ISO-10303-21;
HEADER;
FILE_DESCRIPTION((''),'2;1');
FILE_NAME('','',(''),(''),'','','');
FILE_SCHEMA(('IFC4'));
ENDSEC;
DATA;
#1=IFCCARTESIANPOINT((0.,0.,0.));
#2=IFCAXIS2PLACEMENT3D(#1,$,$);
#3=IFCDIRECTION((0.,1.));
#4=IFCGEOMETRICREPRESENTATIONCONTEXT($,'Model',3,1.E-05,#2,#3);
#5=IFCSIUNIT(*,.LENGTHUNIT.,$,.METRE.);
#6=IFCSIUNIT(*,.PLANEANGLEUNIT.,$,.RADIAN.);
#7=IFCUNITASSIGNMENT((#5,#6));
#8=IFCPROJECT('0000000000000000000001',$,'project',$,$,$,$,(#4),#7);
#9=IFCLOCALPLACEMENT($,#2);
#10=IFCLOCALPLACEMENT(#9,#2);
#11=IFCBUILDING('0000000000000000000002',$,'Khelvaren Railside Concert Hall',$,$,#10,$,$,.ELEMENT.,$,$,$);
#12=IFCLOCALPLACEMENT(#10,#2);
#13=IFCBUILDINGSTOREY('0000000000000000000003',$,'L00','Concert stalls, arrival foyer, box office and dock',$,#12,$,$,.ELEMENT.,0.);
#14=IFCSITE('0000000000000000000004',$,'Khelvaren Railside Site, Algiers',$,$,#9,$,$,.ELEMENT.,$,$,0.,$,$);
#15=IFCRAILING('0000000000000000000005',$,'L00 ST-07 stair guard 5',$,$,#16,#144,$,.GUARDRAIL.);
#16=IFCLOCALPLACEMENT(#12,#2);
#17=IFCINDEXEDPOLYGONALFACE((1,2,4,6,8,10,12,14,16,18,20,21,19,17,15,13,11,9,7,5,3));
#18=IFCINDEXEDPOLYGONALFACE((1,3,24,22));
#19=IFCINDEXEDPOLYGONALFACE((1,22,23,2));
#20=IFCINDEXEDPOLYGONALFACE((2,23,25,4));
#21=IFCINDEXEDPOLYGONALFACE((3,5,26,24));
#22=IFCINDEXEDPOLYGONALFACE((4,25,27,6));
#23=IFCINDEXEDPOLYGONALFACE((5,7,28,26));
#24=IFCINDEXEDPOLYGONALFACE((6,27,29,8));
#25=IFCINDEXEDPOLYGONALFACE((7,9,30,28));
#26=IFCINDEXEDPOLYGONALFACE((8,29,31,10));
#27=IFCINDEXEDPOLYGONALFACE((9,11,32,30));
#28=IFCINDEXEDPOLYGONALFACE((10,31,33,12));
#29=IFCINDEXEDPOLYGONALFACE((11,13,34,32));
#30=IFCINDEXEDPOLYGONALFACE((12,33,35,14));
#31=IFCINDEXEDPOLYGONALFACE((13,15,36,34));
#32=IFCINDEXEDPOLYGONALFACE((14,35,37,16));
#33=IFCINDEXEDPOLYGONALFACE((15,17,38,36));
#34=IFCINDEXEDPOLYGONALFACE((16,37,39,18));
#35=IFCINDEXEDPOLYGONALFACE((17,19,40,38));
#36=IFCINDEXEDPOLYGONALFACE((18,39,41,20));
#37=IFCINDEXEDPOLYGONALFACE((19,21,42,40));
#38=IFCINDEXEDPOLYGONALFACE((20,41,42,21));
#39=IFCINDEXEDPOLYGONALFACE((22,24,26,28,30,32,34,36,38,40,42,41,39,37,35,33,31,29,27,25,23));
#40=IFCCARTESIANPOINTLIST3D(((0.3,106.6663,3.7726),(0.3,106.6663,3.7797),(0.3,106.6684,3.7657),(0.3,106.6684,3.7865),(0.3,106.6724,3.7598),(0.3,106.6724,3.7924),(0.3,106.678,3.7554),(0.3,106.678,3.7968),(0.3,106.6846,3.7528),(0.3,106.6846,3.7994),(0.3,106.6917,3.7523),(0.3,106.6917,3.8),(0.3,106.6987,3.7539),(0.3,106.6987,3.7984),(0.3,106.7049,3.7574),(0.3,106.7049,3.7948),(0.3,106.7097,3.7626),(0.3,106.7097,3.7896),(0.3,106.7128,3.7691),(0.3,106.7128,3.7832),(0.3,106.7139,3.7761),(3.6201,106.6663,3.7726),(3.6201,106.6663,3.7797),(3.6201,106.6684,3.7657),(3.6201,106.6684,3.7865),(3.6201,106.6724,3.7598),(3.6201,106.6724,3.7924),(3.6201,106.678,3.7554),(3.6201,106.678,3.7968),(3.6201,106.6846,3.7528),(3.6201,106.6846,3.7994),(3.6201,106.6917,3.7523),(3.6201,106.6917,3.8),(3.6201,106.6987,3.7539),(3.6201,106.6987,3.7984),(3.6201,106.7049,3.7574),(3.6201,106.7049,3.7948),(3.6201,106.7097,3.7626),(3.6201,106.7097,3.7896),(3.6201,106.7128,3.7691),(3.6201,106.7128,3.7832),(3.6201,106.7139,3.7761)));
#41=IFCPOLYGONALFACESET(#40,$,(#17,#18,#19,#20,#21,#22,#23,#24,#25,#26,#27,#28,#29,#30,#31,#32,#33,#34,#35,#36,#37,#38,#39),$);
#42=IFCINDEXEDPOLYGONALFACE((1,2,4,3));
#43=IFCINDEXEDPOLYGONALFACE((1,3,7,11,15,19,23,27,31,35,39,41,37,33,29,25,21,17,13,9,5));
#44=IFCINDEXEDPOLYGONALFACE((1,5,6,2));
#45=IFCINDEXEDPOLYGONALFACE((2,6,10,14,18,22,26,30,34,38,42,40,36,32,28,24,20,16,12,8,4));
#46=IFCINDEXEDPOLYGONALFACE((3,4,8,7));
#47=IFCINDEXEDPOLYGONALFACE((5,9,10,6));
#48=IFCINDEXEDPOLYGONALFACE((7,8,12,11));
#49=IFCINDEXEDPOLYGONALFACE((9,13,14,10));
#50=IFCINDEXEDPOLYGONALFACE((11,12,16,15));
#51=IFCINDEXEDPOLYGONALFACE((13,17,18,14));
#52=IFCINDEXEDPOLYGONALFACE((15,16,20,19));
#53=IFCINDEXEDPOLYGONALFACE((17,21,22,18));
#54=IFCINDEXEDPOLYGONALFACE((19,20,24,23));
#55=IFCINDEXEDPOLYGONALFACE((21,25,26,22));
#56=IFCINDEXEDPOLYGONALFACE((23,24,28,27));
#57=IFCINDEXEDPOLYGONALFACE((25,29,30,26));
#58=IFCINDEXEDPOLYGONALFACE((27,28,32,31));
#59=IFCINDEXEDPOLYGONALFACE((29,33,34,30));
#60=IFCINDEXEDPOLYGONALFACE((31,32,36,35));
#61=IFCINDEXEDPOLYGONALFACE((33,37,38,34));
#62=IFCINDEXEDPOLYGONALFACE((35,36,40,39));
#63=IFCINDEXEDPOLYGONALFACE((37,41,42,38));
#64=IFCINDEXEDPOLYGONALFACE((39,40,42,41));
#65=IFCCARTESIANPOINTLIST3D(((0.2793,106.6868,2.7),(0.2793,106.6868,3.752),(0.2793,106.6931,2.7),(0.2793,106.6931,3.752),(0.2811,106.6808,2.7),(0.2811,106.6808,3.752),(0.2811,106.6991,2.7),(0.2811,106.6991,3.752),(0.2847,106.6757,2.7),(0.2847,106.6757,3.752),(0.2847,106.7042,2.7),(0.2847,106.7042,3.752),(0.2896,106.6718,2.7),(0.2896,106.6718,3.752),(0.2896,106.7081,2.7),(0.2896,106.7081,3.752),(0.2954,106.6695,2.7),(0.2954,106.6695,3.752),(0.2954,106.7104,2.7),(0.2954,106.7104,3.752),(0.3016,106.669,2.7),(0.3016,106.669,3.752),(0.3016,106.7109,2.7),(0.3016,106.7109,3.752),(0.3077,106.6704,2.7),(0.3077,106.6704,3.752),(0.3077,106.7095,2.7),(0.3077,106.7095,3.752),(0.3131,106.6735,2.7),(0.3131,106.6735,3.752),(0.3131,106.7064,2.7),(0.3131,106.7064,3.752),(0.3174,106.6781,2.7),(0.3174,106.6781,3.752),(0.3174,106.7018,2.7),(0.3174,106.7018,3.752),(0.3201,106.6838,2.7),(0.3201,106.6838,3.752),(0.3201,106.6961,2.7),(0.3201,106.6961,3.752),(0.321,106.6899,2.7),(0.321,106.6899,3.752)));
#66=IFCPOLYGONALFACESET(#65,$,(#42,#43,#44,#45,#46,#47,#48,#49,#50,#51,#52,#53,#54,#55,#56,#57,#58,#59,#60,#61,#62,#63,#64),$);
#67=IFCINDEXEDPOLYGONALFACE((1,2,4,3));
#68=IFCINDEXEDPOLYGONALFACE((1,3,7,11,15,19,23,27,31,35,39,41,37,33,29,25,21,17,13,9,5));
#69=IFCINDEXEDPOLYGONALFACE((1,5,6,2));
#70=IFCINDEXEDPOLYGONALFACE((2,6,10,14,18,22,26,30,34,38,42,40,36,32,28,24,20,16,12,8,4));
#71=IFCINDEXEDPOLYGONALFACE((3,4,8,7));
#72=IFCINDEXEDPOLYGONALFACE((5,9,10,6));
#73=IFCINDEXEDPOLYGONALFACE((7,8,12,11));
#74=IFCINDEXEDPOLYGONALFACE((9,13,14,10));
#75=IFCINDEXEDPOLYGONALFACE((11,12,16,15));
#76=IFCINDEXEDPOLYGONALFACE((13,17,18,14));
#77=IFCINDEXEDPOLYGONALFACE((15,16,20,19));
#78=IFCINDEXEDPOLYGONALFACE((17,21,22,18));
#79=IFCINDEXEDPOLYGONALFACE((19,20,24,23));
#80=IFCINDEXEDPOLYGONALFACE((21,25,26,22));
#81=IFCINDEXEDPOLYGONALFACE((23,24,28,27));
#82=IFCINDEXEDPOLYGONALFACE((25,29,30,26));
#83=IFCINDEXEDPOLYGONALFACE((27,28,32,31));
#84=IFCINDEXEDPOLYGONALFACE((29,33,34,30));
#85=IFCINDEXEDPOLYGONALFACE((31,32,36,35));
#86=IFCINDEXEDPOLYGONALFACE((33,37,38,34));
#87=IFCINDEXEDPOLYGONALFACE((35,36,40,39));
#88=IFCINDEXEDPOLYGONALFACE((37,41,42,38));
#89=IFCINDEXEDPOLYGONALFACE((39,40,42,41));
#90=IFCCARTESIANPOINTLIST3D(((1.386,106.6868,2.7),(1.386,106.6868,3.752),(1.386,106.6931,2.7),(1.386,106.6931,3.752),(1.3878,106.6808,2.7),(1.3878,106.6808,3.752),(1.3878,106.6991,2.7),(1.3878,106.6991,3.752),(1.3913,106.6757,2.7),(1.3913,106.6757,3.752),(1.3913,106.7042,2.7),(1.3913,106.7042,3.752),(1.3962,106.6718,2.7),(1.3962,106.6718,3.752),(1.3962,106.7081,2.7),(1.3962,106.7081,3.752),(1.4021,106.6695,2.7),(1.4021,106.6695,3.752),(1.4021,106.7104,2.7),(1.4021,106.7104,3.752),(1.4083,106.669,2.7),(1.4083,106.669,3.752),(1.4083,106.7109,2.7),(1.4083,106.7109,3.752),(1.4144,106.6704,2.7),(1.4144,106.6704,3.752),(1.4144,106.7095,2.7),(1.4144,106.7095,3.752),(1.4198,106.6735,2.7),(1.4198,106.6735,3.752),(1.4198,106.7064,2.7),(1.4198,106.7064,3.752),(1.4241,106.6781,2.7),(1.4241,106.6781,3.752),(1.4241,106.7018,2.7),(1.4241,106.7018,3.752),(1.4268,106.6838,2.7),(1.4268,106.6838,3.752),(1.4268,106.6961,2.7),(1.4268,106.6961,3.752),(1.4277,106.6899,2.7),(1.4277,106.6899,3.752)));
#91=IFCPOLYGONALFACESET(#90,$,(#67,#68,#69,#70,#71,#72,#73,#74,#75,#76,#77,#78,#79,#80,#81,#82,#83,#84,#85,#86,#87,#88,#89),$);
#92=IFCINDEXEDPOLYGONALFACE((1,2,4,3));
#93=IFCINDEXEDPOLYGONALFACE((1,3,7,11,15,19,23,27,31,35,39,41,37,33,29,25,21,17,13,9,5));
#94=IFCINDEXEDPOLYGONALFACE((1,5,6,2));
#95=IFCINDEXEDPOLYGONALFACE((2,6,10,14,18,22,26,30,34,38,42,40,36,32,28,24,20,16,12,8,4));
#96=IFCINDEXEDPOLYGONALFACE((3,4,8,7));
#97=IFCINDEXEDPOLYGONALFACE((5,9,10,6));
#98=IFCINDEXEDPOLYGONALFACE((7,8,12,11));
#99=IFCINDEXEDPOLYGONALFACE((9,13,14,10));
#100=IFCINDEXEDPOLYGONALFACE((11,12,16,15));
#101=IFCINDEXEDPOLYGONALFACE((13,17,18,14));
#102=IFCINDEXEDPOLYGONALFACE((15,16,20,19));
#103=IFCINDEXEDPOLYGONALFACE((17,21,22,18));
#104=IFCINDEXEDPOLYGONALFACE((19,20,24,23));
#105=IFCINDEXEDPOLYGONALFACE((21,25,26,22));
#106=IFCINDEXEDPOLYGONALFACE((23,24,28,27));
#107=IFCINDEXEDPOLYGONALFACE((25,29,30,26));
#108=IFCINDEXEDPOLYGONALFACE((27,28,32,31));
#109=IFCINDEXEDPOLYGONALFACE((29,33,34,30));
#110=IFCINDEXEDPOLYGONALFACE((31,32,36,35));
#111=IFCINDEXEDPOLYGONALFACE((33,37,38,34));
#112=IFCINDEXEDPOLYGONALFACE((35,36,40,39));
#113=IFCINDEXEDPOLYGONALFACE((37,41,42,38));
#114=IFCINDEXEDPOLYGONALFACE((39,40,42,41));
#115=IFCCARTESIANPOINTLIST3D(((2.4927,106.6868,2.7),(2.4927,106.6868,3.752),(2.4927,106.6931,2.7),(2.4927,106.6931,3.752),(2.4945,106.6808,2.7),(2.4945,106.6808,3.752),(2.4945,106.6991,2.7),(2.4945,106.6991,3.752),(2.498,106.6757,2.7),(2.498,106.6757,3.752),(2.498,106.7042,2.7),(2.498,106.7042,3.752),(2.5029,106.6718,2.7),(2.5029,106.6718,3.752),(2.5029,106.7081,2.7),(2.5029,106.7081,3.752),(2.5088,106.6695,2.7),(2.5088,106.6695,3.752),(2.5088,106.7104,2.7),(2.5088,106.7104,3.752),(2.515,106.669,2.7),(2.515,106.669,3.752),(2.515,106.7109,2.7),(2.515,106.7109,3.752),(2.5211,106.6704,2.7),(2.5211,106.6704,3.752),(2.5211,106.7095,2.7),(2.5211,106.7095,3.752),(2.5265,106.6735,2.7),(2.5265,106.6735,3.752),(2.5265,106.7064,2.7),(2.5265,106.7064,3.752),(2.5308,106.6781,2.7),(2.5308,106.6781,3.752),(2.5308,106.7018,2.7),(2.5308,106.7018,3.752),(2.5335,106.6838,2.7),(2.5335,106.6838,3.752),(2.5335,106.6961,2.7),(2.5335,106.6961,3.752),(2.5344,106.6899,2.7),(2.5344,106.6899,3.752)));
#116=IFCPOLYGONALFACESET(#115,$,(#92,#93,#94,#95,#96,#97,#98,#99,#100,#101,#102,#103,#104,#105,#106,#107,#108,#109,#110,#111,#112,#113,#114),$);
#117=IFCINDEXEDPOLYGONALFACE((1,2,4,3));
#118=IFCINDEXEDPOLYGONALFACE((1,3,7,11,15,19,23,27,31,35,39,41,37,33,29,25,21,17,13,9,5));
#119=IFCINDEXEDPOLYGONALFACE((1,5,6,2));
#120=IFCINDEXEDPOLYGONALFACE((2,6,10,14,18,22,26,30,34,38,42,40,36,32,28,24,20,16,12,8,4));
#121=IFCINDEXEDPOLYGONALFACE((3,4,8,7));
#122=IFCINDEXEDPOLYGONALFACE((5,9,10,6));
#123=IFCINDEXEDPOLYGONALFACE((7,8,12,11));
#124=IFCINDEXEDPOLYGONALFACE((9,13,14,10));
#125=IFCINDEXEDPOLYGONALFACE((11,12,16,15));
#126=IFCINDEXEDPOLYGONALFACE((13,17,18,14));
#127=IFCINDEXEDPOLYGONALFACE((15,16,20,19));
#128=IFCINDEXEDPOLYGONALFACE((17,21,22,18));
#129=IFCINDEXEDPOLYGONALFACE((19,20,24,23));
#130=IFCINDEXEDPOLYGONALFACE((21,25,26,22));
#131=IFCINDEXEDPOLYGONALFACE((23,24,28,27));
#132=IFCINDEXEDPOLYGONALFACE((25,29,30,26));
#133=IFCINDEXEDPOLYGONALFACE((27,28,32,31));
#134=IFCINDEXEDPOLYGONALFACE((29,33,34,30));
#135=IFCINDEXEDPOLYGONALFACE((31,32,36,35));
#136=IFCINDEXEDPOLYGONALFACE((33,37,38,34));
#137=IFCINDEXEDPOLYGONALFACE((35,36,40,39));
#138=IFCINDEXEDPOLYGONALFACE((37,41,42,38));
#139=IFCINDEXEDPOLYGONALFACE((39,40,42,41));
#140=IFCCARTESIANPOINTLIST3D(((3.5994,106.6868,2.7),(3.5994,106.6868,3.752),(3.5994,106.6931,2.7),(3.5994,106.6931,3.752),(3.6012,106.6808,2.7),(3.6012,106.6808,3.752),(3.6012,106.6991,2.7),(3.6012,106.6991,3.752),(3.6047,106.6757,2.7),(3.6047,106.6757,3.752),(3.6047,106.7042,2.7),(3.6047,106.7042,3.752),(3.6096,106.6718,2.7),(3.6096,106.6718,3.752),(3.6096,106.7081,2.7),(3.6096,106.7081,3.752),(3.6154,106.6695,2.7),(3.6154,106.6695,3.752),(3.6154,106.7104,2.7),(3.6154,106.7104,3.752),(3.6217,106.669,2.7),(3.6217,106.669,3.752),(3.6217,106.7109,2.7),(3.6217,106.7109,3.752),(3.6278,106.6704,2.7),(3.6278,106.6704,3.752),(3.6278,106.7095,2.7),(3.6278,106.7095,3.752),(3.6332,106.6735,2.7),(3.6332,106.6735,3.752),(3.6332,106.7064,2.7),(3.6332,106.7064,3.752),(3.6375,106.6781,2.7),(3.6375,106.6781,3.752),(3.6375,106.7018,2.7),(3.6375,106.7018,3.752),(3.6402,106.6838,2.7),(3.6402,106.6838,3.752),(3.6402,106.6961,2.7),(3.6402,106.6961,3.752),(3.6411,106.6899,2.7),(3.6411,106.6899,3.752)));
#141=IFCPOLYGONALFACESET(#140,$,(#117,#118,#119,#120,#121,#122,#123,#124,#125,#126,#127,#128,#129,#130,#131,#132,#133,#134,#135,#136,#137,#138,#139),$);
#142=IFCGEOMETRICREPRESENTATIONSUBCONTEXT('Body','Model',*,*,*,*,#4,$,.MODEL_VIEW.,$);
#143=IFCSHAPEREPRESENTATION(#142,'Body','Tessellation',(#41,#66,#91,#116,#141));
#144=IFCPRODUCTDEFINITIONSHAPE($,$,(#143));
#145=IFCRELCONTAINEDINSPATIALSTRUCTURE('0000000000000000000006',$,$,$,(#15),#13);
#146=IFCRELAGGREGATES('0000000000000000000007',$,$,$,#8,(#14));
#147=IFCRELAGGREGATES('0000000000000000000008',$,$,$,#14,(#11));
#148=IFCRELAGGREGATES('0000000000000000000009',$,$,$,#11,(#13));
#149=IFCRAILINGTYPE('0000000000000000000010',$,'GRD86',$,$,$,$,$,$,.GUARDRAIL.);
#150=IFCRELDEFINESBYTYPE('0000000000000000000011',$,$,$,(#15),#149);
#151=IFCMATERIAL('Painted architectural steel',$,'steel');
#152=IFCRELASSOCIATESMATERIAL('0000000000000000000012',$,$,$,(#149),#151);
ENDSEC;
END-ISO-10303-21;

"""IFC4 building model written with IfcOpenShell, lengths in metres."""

from ifc_helpers import new_model, si_unit, direction, frame, origin, origin_2d, place, context, subcontext, project, spatial, circle, extrude, material, type_object, element, save


model = new_model("IFC4")

# Units and contexts
model_context = context("Model", 3, precision=1e-05, world=origin(), true_north=direction((0.0, 1.0)))
body_context = subcontext(model_context, "Body", "Model", "MODEL_VIEW")
ifc_project = project(units=[si_unit("LENGTHUNIT", "METRE"), si_unit("PLANEANGLEUNIT", "RADIAN")], contexts=[model_context])

# Site, building, storey
site_placement = place(None, origin())
site = spatial("IfcSite", under=ifc_project, at=site_placement, Name="Khelvaren Railside Site, Algiers", CompositionType="ELEMENT", RefElevation=0.0)
building_placement = place(site_placement, origin())
building = spatial("IfcBuilding", under=site, at=building_placement, Name="Khelvaren Railside Concert Hall", CompositionType="ELEMENT")
storey_placement = place(building_placement, origin())
storey = spatial("IfcBuildingStorey", under=building, at=storey_placement, Name="L00", Description="Concert stalls, arrival foyer, box office and dock", CompositionType="ELEMENT", Elevation=0.0)

# Railing
ifc_material_1 = material(Name="Painted architectural steel", Category="steel")
railing_type = type_object("IfcRailingType", Name="GRD86", PredefinedType="GUARDRAIL", material=ifc_material_1)
railing_1_placement = place(storey_placement, frame((0.3, 106.6899, 2.7)))
element("IfcRailing", 1, at=railing_1_placement, inside=storey, type_object=railing_type, Name="L00 ST-07 stair guard 5", PredefinedType="GUARDRAIL", context=body_context, shape_type="SweptSolid", body=[
    extrude(circle(Radius=0.0239, at=origin_2d()), frame((0.0, 0.0, 1.0762), z_axis=(1.0, 0.0, 0.0), x_axis=(0.0, 1.0, 0.0)), (0.0, 0.0, 1.0), 3.3201),
    extrude(circle(Radius=0.021, at=origin_2d()), origin(), (0.0, 0.0, 1.0), 1.052),
    extrude(circle(Radius=0.021, at=origin_2d()), frame((1.1067, 0.0, 0.0)), (0.0, 0.0, 1.0), 1.052),
    extrude(circle(Radius=0.021, at=origin_2d()), frame((2.2134, 0.0, 0.0)), (0.0, 0.0, 1.0), 1.052),
    extrude(circle(Radius=0.021, at=origin_2d()), frame((3.3201, 0.0, 0.0)), (0.0, 0.0, 1.0), 1.052),
])

save(model, "model.ifc")
